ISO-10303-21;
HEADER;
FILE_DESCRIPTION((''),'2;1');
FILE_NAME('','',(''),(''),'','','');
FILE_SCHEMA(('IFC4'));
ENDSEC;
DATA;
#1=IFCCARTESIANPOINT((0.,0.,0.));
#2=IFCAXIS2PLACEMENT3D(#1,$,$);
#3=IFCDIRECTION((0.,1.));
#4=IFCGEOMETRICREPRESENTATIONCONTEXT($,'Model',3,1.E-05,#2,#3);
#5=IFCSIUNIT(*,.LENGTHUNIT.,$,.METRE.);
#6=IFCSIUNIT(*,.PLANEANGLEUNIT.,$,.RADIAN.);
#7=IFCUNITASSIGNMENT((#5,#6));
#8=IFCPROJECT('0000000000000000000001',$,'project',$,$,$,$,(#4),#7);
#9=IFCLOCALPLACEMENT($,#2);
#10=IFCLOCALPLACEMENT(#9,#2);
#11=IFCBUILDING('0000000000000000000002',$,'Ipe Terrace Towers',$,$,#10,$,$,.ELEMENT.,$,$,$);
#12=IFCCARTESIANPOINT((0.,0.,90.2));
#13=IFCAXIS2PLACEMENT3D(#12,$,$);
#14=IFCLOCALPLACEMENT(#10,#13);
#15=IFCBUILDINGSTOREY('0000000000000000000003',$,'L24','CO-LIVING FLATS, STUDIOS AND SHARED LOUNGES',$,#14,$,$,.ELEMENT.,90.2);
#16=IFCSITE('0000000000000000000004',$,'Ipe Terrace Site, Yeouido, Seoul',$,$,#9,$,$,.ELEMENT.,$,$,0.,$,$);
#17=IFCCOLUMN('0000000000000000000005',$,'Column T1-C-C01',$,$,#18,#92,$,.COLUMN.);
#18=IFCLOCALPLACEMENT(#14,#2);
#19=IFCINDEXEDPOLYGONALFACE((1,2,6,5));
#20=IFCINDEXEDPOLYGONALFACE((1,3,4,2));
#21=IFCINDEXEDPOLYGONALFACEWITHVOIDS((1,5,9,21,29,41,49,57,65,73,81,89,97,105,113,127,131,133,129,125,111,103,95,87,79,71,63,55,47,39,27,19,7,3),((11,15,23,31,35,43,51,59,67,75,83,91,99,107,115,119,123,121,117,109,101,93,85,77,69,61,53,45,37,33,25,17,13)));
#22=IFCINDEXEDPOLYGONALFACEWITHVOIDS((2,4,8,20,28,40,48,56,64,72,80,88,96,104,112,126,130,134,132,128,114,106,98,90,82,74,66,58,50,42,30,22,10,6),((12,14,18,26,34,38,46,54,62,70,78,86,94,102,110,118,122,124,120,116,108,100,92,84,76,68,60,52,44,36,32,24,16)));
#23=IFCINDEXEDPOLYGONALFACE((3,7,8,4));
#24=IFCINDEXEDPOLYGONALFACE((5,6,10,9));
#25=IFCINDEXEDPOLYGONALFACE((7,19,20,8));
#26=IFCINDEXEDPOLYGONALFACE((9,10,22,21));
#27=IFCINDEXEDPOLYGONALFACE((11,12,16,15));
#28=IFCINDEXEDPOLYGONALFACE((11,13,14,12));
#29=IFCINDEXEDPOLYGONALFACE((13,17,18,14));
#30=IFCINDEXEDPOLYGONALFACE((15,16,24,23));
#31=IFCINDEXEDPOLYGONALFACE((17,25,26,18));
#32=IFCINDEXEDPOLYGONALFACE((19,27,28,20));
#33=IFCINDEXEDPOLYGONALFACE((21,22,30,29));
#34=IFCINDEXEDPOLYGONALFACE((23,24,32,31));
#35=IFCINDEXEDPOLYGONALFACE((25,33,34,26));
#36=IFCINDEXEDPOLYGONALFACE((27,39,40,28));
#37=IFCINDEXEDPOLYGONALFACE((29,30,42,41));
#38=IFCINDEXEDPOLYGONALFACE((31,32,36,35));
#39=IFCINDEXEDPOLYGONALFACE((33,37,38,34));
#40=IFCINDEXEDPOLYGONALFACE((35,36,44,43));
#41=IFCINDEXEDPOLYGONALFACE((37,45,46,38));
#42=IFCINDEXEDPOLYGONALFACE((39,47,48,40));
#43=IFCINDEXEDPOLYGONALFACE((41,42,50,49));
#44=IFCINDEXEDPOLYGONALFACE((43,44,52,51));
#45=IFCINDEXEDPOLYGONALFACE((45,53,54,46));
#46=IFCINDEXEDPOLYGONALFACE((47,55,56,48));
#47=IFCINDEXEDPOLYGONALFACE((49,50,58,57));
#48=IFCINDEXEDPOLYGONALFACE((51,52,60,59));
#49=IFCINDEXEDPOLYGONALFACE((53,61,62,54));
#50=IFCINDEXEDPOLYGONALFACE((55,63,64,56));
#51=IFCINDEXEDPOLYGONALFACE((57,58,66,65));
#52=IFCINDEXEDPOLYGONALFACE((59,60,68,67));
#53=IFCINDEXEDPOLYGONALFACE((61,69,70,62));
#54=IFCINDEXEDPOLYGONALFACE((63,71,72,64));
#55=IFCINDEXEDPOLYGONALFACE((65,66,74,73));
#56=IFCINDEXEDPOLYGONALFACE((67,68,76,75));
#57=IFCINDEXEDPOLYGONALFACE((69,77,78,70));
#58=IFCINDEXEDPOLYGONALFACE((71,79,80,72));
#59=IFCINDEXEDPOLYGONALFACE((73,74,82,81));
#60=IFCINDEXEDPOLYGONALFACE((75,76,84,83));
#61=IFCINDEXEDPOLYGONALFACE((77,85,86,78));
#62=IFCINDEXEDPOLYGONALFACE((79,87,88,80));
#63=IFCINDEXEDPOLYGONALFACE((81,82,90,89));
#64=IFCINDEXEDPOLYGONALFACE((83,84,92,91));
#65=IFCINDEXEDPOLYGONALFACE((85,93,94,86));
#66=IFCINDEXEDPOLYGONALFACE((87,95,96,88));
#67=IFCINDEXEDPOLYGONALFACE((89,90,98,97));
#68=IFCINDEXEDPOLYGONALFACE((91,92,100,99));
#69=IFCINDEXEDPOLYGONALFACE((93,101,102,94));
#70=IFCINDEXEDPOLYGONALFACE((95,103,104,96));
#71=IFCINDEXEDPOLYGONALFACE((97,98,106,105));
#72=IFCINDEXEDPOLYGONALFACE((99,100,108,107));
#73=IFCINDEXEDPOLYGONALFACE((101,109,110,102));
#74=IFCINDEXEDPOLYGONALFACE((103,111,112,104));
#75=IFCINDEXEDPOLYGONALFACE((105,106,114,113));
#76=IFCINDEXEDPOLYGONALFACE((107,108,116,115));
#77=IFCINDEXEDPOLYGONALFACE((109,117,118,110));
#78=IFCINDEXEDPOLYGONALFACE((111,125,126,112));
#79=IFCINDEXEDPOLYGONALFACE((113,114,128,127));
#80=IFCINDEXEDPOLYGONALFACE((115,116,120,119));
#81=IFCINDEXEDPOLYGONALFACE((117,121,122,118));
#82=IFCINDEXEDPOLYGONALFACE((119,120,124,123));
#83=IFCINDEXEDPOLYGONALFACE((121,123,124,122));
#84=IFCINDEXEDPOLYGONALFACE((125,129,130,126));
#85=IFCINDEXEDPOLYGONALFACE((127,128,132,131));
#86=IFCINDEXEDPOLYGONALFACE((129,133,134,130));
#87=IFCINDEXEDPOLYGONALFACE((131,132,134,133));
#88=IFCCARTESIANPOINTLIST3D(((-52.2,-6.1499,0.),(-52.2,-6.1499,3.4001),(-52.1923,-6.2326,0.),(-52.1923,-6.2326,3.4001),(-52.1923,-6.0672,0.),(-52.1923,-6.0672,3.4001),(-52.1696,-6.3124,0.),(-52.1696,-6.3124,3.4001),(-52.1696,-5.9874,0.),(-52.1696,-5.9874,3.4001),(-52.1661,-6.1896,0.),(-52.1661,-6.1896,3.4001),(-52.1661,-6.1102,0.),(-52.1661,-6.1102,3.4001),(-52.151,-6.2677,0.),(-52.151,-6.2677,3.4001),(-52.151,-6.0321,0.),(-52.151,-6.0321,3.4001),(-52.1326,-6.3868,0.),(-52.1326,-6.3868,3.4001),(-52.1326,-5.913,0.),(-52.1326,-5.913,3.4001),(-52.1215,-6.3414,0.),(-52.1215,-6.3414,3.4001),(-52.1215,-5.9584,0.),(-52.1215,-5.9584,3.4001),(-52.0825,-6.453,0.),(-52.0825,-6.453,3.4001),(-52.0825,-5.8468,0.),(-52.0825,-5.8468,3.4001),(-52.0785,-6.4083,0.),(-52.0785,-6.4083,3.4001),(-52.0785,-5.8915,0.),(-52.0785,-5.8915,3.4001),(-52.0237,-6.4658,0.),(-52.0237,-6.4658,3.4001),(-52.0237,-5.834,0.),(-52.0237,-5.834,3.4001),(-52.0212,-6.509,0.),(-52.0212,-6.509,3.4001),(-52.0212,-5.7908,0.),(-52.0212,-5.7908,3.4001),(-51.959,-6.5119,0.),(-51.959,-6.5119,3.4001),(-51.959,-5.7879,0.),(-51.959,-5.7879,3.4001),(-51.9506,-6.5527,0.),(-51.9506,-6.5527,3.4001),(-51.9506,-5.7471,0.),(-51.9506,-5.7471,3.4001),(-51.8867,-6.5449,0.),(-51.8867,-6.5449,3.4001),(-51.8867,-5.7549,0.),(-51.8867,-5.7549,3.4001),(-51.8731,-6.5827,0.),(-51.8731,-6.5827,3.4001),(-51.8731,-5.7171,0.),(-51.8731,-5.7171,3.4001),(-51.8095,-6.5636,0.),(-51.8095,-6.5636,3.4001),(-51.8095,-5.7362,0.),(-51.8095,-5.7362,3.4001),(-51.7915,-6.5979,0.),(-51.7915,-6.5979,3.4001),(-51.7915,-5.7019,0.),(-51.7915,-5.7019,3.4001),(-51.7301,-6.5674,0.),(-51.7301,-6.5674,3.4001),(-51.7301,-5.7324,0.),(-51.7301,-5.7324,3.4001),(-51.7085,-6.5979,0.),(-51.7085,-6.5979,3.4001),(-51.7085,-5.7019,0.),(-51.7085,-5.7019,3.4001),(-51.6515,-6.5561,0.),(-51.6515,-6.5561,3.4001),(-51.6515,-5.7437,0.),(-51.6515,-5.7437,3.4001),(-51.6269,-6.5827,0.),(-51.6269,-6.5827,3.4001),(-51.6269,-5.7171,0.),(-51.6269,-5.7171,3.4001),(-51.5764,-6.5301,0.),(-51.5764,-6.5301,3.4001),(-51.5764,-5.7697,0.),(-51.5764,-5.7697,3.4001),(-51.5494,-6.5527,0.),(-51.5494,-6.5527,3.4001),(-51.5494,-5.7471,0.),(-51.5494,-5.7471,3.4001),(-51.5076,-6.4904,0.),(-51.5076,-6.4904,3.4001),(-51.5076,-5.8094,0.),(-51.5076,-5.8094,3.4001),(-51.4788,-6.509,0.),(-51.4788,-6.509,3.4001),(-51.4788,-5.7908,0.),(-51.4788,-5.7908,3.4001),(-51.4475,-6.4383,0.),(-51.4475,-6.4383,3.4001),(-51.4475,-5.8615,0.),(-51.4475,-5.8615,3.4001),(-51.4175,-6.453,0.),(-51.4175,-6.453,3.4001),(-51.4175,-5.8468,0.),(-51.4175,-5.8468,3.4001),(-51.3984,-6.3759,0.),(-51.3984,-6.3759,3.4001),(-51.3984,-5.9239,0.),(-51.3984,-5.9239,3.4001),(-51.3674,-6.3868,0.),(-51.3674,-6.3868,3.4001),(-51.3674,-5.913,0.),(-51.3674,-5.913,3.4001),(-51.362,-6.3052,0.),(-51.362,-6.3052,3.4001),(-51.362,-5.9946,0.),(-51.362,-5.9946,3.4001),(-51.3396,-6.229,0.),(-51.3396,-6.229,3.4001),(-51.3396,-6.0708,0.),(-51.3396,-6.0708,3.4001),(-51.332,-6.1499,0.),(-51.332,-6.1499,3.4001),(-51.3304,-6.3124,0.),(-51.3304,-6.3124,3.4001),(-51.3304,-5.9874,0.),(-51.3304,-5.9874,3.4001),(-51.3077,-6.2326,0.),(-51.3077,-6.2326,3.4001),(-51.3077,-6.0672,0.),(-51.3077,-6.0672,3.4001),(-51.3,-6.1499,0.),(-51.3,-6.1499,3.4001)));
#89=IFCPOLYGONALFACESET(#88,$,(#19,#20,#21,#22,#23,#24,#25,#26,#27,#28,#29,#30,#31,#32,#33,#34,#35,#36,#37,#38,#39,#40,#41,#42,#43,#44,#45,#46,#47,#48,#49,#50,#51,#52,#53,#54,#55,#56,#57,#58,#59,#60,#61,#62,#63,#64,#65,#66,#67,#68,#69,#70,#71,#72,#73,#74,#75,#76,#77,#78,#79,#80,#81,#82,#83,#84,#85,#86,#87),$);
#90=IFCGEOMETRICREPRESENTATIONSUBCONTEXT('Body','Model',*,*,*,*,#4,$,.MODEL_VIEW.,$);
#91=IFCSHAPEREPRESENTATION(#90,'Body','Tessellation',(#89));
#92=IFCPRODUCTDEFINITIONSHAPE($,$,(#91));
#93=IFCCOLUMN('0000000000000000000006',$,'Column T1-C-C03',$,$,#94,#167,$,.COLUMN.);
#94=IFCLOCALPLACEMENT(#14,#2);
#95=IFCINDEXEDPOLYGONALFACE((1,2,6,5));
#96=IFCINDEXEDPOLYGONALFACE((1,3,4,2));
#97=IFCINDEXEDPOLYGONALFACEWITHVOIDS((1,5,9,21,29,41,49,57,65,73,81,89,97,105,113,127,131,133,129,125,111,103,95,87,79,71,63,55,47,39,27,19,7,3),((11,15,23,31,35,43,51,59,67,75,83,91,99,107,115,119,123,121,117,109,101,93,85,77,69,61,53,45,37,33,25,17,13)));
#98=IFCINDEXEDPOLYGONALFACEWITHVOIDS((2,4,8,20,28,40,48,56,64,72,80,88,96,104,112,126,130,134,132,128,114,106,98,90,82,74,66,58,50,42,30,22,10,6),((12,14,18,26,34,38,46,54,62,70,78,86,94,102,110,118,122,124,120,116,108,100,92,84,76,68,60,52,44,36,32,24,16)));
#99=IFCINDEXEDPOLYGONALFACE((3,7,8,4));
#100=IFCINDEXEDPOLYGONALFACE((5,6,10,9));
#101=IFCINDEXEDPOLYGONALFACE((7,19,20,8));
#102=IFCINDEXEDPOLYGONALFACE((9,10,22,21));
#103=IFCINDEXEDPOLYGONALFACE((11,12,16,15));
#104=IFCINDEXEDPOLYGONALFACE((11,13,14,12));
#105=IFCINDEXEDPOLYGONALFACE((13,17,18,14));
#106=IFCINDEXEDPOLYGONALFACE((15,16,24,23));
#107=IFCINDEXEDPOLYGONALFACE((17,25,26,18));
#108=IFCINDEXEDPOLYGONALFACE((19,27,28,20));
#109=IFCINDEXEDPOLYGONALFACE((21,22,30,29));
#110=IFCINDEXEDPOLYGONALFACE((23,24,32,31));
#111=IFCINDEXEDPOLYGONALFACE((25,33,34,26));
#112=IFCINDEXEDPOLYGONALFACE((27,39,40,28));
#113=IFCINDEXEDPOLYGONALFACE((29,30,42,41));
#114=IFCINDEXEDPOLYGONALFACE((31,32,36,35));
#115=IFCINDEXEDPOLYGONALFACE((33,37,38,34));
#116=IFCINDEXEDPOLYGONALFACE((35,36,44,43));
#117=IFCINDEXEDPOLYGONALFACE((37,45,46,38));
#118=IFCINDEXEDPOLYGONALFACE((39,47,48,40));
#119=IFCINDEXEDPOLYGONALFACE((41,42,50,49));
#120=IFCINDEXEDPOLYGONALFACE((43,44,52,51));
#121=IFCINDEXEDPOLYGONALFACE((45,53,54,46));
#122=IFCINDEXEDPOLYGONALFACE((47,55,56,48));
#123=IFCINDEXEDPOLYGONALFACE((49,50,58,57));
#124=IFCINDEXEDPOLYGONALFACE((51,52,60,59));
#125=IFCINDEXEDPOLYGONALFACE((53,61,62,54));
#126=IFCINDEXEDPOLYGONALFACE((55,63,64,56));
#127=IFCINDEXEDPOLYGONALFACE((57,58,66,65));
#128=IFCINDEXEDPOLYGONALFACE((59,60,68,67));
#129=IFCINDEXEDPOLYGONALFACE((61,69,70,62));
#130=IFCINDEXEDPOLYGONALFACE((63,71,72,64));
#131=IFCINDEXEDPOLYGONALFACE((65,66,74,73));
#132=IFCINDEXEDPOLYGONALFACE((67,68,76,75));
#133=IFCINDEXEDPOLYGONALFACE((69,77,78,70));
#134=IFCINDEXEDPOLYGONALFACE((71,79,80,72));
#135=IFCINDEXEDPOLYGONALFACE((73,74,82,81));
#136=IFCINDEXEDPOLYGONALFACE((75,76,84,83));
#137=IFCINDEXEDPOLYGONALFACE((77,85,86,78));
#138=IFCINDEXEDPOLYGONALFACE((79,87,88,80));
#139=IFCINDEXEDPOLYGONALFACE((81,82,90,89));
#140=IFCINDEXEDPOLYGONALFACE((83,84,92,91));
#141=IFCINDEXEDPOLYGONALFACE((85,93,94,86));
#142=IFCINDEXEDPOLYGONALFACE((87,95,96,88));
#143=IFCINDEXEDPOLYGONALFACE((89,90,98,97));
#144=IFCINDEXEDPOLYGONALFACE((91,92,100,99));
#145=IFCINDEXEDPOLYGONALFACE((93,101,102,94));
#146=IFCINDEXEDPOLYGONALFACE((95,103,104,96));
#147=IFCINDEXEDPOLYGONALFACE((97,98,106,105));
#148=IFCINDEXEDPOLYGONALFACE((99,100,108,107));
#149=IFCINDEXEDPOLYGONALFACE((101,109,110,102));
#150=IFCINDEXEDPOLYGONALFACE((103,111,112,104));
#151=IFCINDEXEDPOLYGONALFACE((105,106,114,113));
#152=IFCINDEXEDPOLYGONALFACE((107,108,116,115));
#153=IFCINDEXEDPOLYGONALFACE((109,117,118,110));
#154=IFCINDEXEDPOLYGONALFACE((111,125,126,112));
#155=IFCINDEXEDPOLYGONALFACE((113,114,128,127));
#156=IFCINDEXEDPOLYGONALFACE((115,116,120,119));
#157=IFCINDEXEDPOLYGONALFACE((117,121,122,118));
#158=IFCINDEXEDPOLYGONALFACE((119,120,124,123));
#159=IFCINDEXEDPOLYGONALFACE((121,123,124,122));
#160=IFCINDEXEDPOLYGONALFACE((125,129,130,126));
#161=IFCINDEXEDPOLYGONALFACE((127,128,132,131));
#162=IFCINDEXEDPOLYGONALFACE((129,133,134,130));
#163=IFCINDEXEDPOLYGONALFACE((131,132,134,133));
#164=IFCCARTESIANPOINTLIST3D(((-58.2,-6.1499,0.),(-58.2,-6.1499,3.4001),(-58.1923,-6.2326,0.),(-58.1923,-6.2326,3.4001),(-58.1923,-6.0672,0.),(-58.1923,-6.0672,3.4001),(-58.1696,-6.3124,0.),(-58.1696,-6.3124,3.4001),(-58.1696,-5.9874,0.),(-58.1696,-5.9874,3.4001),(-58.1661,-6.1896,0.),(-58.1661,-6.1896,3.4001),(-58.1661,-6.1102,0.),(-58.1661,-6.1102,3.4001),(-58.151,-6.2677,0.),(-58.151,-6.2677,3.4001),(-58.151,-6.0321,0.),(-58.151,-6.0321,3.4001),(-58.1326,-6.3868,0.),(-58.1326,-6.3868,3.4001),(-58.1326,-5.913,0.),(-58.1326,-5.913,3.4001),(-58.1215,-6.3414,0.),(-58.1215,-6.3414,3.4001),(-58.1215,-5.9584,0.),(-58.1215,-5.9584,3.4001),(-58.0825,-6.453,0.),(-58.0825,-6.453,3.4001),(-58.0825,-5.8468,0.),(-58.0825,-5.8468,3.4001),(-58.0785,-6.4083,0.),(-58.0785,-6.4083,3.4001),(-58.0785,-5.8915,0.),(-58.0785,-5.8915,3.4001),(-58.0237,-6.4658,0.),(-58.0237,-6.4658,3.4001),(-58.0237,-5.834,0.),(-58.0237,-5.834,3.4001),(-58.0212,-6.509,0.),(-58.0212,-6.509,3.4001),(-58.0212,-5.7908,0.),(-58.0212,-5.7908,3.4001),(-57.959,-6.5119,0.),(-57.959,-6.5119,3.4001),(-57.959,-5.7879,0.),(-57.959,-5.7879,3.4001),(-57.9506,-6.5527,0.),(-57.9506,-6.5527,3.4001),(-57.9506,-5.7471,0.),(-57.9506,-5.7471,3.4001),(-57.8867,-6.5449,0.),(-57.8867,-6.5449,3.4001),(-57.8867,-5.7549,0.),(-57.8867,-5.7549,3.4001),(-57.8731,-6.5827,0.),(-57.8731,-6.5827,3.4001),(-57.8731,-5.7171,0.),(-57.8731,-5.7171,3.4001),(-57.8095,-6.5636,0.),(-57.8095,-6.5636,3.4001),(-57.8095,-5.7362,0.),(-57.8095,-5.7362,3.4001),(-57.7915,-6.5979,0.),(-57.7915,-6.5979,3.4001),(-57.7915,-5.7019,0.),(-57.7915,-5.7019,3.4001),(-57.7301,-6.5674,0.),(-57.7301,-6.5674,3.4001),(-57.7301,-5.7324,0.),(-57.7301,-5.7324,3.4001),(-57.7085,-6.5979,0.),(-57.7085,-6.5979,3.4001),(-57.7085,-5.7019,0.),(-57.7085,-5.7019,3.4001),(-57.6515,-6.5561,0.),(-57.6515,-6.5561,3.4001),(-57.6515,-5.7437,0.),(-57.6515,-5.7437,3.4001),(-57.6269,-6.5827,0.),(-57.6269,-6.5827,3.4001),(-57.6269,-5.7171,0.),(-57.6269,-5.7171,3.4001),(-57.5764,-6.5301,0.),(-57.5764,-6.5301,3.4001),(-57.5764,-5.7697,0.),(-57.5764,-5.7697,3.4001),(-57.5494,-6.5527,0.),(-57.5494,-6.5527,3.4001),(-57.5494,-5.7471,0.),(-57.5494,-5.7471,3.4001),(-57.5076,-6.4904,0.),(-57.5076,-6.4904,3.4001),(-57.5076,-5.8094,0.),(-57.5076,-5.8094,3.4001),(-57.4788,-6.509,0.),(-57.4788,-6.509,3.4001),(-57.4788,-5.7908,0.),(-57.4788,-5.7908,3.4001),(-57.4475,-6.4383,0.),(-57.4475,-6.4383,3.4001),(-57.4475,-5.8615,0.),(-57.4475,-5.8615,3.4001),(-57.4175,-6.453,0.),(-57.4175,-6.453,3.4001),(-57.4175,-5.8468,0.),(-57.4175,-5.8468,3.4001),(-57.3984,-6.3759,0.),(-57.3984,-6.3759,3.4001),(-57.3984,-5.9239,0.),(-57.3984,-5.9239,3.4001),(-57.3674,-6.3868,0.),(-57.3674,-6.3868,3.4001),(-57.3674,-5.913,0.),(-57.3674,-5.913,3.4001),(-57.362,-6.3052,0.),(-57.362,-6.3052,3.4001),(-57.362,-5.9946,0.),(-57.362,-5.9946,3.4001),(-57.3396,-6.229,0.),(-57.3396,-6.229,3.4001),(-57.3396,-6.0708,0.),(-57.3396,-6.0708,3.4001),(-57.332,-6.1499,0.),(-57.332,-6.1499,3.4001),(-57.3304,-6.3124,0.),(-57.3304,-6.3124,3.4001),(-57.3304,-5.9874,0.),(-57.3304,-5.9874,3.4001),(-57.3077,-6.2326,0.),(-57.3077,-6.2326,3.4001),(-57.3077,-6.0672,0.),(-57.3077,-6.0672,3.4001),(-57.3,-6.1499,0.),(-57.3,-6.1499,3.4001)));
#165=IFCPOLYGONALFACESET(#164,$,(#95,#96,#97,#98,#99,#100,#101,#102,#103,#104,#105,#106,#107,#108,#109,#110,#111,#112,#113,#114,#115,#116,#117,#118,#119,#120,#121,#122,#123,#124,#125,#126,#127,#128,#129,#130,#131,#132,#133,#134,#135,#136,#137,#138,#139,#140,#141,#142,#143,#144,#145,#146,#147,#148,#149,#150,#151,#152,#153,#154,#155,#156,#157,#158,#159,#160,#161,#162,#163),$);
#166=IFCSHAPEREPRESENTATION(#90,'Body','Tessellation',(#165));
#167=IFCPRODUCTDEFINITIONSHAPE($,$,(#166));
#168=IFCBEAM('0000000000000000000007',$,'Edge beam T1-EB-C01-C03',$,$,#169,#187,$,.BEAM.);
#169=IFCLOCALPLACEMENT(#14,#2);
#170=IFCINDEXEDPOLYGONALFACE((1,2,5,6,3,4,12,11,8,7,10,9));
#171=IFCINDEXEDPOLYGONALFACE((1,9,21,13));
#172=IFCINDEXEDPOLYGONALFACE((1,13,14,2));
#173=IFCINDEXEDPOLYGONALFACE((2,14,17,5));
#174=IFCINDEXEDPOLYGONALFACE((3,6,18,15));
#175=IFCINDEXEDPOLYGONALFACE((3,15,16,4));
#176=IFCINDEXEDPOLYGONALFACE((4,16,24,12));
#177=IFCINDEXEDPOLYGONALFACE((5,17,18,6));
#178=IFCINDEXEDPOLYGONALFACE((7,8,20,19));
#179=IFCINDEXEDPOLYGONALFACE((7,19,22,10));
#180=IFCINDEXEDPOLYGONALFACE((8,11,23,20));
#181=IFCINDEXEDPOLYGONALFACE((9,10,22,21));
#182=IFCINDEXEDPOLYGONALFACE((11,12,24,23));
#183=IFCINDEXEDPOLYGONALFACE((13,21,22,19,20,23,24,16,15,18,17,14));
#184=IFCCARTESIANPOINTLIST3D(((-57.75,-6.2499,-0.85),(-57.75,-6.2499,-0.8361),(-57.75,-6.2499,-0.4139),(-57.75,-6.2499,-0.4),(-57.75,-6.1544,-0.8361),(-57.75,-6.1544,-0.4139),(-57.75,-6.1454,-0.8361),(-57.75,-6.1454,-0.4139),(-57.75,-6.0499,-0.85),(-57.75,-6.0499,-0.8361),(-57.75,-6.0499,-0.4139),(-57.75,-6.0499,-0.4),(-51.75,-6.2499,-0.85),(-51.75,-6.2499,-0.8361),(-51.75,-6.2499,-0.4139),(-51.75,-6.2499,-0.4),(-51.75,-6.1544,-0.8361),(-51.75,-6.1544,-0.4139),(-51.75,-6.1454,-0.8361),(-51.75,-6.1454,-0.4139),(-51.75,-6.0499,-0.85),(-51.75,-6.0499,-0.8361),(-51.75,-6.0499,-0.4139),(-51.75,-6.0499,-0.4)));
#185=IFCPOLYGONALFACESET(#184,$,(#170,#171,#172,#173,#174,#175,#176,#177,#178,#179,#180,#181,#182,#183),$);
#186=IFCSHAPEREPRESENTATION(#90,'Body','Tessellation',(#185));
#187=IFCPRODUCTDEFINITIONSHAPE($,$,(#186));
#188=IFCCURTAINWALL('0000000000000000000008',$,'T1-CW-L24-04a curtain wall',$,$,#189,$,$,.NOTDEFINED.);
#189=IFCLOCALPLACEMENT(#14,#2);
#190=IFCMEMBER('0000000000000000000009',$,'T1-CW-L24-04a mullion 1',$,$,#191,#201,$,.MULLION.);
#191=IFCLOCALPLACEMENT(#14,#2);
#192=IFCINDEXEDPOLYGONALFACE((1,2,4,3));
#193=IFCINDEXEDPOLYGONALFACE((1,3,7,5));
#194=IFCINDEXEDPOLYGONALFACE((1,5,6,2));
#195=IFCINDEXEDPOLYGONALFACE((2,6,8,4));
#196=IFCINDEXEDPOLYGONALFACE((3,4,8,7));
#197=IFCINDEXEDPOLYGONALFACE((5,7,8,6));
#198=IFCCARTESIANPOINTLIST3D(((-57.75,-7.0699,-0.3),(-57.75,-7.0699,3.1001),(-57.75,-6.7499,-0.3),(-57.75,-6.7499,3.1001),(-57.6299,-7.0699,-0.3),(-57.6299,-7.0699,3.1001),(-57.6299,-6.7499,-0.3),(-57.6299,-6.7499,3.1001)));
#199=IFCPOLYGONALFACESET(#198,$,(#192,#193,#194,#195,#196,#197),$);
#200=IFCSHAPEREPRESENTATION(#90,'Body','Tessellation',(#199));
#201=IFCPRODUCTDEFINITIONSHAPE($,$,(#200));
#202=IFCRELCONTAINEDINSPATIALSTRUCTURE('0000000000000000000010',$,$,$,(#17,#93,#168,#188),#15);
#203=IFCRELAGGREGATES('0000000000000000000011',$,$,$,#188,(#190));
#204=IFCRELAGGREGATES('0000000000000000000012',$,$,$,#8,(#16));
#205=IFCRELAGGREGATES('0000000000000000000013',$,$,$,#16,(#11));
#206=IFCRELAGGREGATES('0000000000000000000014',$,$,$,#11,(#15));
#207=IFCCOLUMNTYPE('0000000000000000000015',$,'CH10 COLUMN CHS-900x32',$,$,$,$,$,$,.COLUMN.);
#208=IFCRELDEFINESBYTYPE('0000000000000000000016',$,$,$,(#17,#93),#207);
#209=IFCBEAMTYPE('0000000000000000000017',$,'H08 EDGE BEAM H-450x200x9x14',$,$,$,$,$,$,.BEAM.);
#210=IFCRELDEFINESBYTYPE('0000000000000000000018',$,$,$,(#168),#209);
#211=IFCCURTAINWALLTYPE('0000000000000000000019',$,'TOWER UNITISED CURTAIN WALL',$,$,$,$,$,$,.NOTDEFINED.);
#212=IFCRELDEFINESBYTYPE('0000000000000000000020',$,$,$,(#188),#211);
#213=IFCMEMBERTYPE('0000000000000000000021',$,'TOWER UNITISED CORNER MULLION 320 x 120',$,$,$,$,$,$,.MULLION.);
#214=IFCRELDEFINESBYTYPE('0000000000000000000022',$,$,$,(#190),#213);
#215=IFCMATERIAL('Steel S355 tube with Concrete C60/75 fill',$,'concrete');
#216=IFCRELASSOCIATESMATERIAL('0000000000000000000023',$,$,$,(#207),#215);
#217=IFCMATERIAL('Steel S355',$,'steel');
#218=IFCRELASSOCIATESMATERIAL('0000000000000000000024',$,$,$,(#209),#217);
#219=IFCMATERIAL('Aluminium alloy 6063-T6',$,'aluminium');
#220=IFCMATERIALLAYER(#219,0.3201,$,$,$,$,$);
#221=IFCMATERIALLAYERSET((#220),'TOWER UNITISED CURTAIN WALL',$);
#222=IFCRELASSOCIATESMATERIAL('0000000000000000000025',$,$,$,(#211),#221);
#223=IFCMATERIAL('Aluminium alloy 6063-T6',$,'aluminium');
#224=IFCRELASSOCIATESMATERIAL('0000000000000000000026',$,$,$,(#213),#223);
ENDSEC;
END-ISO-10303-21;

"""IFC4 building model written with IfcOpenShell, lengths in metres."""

from ifc_helpers import new_model, si_unit, direction, frame, origin, origin_2d, place, context, subcontext, project, spatial, rectangle, hollow_circle, i_section, extrude, material, layer, layer_set, material_profile, profile_set, type_object, element, aggregate, save


model = new_model("IFC4")

# Units and contexts
model_context = context("Model", 3, precision=1e-05, world=origin(), true_north=direction((0.0, 1.0)))
body_context = subcontext(model_context, "Body", "Model", "MODEL_VIEW")
ifc_project = project(units=[si_unit("LENGTHUNIT", "METRE"), si_unit("PLANEANGLEUNIT", "RADIAN")], contexts=[model_context])

# Site, building, storey
site_placement = place(None, origin())
site = spatial("IfcSite", under=ifc_project, at=site_placement, Name="Ipe Terrace Site, Yeouido, Seoul", CompositionType="ELEMENT", RefElevation=0.0)
building_placement = place(site_placement, origin())
building = spatial("IfcBuilding", under=site, at=building_placement, Name="Ipe Terrace Towers", CompositionType="ELEMENT")
storey_placement = place(building_placement, frame((0.0, 0.0, 90.2)))
storey = spatial("IfcBuildingStorey", under=building, at=storey_placement, Name="L24", Description="CO-LIVING FLATS, STUDIOS AND SHARED LOUNGES", CompositionType="ELEMENT", Elevation=90.2)

# Columns
ifc_material_1 = material(Name="Steel S355 tube with Concrete C60/75 fill", Category="concrete")
ifc_material_profile_1 = material_profile(ifc_material_1, hollow_circle(Radius=0.45, WallThickness=0.032, at=origin_2d()), Name="CHS-900x32")
ifc_profile_set_1 = profile_set([ifc_material_profile_1], Name="Steel S355 tube with Concrete C60/75 fill")
column_type = type_object("IfcColumnType", Name="CH10 COLUMN CHS-900x32", PredefinedType="COLUMN", material=ifc_profile_set_1)
for number, where, z_axis, x_axis, name in (
    (1, (-51.75, -6.1499, 0.0), (0.0, 0.0, 1.0), (1.0, 0.0, 0.0), "Column T1-C-C01"),
    (2, (-57.75, -6.1499, 0.0), (0.0, 0.0, 1.0), (1.0, 0.0, 0.0), "Column T1-C-C03"),
):
    element("IfcColumn", number, at=place(storey_placement, frame(where, z_axis=z_axis, x_axis=x_axis)), inside=storey, type_object=column_type, Name=name, PredefinedType="COLUMN", context=body_context, shape_type="SweptSolid", body=[
        extrude(hollow_circle(Radius=0.45, WallThickness=0.032, at=origin_2d()), origin(), (0.0, 0.0, 1.0), 3.4001),
    ])

# Beam
ifc_material_2 = material(Name="Steel S355", Category="steel")
ifc_material_profile_2 = material_profile(ifc_material_2, i_section(OverallWidth=0.2, OverallDepth=0.45, WebThickness=0.009, FlangeThickness=0.0139, at=origin_2d()), Name="H-450x200x9x14")
ifc_profile_set_2 = profile_set([ifc_material_profile_2], Name="Steel S355")
beam_type = type_object("IfcBeamType", Name="H08 EDGE BEAM H-450x200x9x14", PredefinedType="BEAM", material=ifc_profile_set_2)
beam_placement = place(storey_placement, frame((-51.75, -6.1499, -0.625), z_axis=(-1.0, 0.0, 0.0), x_axis=(0.0, -1.0, 0.0)))
element("IfcBeam", 3, at=beam_placement, inside=storey, type_object=beam_type, Name="Edge beam T1-EB-C01-C03", PredefinedType="BEAM", context=body_context, shape_type="SweptSolid", body=[
    extrude(i_section(OverallWidth=0.2, OverallDepth=0.45, WebThickness=0.009, FlangeThickness=0.0139, at=origin_2d()), origin(), (0.0, 0.0, 1.0), 6.0),
])

# Curtain wall, member
ifc_material_3 = material(Name="Aluminium alloy 6063-T6", Category="aluminium")
ifc_layer_1 = layer(ifc_material_3, 0.3201)
ifc_layer_set_1 = layer_set([ifc_layer_1], Name="TOWER UNITISED CURTAIN WALL")
curtain_wall_type = type_object("IfcCurtainWallType", Name="TOWER UNITISED CURTAIN WALL", PredefinedType="NOTDEFINED", material=ifc_layer_set_1)
curtain_wall_1_placement = place(storey_placement, origin())
curtain_wall_1 = element("IfcCurtainWall", 4, at=curtain_wall_1_placement, inside=storey, type_object=curtain_wall_type, Name="T1-CW-L24-04a curtain wall", PredefinedType="NOTDEFINED")
ifc_material_4 = material(Name="Aluminium alloy 6063-T6", Category="aluminium")
ifc_material_profile_3 = material_profile(ifc_material_4, rectangle(XDim=0.3201, YDim=0.1201, at=origin_2d()), Name="TOWER UNITISED CORNER MULLION 320 x 120")
ifc_profile_set_3 = profile_set([ifc_material_profile_3], Name="Aluminium alloy 6063-T6")
member_type = type_object("IfcMemberType", Name="TOWER UNITISED CORNER MULLION 320 x 120", PredefinedType="MULLION", material=ifc_profile_set_3)
member_1_placement = place(storey_placement, frame((-57.6899, -6.9099, -0.3), z_axis=(0.0, 0.0, 1.0), x_axis=(0.0, -1.0, 0.0)))
member_1 = element("IfcMember", 5, at=member_1_placement, type_object=member_type, Name="T1-CW-L24-04a mullion 1", PredefinedType="MULLION", context=body_context, shape_type="SweptSolid", body=[
    extrude(rectangle(XDim=0.3201, YDim=0.1201, at=origin_2d()), origin(), (0.0, 0.0, 1.0), 3.4001),
])

aggregate(curtain_wall_1, [member_1])

save(model, "model.ifc")
